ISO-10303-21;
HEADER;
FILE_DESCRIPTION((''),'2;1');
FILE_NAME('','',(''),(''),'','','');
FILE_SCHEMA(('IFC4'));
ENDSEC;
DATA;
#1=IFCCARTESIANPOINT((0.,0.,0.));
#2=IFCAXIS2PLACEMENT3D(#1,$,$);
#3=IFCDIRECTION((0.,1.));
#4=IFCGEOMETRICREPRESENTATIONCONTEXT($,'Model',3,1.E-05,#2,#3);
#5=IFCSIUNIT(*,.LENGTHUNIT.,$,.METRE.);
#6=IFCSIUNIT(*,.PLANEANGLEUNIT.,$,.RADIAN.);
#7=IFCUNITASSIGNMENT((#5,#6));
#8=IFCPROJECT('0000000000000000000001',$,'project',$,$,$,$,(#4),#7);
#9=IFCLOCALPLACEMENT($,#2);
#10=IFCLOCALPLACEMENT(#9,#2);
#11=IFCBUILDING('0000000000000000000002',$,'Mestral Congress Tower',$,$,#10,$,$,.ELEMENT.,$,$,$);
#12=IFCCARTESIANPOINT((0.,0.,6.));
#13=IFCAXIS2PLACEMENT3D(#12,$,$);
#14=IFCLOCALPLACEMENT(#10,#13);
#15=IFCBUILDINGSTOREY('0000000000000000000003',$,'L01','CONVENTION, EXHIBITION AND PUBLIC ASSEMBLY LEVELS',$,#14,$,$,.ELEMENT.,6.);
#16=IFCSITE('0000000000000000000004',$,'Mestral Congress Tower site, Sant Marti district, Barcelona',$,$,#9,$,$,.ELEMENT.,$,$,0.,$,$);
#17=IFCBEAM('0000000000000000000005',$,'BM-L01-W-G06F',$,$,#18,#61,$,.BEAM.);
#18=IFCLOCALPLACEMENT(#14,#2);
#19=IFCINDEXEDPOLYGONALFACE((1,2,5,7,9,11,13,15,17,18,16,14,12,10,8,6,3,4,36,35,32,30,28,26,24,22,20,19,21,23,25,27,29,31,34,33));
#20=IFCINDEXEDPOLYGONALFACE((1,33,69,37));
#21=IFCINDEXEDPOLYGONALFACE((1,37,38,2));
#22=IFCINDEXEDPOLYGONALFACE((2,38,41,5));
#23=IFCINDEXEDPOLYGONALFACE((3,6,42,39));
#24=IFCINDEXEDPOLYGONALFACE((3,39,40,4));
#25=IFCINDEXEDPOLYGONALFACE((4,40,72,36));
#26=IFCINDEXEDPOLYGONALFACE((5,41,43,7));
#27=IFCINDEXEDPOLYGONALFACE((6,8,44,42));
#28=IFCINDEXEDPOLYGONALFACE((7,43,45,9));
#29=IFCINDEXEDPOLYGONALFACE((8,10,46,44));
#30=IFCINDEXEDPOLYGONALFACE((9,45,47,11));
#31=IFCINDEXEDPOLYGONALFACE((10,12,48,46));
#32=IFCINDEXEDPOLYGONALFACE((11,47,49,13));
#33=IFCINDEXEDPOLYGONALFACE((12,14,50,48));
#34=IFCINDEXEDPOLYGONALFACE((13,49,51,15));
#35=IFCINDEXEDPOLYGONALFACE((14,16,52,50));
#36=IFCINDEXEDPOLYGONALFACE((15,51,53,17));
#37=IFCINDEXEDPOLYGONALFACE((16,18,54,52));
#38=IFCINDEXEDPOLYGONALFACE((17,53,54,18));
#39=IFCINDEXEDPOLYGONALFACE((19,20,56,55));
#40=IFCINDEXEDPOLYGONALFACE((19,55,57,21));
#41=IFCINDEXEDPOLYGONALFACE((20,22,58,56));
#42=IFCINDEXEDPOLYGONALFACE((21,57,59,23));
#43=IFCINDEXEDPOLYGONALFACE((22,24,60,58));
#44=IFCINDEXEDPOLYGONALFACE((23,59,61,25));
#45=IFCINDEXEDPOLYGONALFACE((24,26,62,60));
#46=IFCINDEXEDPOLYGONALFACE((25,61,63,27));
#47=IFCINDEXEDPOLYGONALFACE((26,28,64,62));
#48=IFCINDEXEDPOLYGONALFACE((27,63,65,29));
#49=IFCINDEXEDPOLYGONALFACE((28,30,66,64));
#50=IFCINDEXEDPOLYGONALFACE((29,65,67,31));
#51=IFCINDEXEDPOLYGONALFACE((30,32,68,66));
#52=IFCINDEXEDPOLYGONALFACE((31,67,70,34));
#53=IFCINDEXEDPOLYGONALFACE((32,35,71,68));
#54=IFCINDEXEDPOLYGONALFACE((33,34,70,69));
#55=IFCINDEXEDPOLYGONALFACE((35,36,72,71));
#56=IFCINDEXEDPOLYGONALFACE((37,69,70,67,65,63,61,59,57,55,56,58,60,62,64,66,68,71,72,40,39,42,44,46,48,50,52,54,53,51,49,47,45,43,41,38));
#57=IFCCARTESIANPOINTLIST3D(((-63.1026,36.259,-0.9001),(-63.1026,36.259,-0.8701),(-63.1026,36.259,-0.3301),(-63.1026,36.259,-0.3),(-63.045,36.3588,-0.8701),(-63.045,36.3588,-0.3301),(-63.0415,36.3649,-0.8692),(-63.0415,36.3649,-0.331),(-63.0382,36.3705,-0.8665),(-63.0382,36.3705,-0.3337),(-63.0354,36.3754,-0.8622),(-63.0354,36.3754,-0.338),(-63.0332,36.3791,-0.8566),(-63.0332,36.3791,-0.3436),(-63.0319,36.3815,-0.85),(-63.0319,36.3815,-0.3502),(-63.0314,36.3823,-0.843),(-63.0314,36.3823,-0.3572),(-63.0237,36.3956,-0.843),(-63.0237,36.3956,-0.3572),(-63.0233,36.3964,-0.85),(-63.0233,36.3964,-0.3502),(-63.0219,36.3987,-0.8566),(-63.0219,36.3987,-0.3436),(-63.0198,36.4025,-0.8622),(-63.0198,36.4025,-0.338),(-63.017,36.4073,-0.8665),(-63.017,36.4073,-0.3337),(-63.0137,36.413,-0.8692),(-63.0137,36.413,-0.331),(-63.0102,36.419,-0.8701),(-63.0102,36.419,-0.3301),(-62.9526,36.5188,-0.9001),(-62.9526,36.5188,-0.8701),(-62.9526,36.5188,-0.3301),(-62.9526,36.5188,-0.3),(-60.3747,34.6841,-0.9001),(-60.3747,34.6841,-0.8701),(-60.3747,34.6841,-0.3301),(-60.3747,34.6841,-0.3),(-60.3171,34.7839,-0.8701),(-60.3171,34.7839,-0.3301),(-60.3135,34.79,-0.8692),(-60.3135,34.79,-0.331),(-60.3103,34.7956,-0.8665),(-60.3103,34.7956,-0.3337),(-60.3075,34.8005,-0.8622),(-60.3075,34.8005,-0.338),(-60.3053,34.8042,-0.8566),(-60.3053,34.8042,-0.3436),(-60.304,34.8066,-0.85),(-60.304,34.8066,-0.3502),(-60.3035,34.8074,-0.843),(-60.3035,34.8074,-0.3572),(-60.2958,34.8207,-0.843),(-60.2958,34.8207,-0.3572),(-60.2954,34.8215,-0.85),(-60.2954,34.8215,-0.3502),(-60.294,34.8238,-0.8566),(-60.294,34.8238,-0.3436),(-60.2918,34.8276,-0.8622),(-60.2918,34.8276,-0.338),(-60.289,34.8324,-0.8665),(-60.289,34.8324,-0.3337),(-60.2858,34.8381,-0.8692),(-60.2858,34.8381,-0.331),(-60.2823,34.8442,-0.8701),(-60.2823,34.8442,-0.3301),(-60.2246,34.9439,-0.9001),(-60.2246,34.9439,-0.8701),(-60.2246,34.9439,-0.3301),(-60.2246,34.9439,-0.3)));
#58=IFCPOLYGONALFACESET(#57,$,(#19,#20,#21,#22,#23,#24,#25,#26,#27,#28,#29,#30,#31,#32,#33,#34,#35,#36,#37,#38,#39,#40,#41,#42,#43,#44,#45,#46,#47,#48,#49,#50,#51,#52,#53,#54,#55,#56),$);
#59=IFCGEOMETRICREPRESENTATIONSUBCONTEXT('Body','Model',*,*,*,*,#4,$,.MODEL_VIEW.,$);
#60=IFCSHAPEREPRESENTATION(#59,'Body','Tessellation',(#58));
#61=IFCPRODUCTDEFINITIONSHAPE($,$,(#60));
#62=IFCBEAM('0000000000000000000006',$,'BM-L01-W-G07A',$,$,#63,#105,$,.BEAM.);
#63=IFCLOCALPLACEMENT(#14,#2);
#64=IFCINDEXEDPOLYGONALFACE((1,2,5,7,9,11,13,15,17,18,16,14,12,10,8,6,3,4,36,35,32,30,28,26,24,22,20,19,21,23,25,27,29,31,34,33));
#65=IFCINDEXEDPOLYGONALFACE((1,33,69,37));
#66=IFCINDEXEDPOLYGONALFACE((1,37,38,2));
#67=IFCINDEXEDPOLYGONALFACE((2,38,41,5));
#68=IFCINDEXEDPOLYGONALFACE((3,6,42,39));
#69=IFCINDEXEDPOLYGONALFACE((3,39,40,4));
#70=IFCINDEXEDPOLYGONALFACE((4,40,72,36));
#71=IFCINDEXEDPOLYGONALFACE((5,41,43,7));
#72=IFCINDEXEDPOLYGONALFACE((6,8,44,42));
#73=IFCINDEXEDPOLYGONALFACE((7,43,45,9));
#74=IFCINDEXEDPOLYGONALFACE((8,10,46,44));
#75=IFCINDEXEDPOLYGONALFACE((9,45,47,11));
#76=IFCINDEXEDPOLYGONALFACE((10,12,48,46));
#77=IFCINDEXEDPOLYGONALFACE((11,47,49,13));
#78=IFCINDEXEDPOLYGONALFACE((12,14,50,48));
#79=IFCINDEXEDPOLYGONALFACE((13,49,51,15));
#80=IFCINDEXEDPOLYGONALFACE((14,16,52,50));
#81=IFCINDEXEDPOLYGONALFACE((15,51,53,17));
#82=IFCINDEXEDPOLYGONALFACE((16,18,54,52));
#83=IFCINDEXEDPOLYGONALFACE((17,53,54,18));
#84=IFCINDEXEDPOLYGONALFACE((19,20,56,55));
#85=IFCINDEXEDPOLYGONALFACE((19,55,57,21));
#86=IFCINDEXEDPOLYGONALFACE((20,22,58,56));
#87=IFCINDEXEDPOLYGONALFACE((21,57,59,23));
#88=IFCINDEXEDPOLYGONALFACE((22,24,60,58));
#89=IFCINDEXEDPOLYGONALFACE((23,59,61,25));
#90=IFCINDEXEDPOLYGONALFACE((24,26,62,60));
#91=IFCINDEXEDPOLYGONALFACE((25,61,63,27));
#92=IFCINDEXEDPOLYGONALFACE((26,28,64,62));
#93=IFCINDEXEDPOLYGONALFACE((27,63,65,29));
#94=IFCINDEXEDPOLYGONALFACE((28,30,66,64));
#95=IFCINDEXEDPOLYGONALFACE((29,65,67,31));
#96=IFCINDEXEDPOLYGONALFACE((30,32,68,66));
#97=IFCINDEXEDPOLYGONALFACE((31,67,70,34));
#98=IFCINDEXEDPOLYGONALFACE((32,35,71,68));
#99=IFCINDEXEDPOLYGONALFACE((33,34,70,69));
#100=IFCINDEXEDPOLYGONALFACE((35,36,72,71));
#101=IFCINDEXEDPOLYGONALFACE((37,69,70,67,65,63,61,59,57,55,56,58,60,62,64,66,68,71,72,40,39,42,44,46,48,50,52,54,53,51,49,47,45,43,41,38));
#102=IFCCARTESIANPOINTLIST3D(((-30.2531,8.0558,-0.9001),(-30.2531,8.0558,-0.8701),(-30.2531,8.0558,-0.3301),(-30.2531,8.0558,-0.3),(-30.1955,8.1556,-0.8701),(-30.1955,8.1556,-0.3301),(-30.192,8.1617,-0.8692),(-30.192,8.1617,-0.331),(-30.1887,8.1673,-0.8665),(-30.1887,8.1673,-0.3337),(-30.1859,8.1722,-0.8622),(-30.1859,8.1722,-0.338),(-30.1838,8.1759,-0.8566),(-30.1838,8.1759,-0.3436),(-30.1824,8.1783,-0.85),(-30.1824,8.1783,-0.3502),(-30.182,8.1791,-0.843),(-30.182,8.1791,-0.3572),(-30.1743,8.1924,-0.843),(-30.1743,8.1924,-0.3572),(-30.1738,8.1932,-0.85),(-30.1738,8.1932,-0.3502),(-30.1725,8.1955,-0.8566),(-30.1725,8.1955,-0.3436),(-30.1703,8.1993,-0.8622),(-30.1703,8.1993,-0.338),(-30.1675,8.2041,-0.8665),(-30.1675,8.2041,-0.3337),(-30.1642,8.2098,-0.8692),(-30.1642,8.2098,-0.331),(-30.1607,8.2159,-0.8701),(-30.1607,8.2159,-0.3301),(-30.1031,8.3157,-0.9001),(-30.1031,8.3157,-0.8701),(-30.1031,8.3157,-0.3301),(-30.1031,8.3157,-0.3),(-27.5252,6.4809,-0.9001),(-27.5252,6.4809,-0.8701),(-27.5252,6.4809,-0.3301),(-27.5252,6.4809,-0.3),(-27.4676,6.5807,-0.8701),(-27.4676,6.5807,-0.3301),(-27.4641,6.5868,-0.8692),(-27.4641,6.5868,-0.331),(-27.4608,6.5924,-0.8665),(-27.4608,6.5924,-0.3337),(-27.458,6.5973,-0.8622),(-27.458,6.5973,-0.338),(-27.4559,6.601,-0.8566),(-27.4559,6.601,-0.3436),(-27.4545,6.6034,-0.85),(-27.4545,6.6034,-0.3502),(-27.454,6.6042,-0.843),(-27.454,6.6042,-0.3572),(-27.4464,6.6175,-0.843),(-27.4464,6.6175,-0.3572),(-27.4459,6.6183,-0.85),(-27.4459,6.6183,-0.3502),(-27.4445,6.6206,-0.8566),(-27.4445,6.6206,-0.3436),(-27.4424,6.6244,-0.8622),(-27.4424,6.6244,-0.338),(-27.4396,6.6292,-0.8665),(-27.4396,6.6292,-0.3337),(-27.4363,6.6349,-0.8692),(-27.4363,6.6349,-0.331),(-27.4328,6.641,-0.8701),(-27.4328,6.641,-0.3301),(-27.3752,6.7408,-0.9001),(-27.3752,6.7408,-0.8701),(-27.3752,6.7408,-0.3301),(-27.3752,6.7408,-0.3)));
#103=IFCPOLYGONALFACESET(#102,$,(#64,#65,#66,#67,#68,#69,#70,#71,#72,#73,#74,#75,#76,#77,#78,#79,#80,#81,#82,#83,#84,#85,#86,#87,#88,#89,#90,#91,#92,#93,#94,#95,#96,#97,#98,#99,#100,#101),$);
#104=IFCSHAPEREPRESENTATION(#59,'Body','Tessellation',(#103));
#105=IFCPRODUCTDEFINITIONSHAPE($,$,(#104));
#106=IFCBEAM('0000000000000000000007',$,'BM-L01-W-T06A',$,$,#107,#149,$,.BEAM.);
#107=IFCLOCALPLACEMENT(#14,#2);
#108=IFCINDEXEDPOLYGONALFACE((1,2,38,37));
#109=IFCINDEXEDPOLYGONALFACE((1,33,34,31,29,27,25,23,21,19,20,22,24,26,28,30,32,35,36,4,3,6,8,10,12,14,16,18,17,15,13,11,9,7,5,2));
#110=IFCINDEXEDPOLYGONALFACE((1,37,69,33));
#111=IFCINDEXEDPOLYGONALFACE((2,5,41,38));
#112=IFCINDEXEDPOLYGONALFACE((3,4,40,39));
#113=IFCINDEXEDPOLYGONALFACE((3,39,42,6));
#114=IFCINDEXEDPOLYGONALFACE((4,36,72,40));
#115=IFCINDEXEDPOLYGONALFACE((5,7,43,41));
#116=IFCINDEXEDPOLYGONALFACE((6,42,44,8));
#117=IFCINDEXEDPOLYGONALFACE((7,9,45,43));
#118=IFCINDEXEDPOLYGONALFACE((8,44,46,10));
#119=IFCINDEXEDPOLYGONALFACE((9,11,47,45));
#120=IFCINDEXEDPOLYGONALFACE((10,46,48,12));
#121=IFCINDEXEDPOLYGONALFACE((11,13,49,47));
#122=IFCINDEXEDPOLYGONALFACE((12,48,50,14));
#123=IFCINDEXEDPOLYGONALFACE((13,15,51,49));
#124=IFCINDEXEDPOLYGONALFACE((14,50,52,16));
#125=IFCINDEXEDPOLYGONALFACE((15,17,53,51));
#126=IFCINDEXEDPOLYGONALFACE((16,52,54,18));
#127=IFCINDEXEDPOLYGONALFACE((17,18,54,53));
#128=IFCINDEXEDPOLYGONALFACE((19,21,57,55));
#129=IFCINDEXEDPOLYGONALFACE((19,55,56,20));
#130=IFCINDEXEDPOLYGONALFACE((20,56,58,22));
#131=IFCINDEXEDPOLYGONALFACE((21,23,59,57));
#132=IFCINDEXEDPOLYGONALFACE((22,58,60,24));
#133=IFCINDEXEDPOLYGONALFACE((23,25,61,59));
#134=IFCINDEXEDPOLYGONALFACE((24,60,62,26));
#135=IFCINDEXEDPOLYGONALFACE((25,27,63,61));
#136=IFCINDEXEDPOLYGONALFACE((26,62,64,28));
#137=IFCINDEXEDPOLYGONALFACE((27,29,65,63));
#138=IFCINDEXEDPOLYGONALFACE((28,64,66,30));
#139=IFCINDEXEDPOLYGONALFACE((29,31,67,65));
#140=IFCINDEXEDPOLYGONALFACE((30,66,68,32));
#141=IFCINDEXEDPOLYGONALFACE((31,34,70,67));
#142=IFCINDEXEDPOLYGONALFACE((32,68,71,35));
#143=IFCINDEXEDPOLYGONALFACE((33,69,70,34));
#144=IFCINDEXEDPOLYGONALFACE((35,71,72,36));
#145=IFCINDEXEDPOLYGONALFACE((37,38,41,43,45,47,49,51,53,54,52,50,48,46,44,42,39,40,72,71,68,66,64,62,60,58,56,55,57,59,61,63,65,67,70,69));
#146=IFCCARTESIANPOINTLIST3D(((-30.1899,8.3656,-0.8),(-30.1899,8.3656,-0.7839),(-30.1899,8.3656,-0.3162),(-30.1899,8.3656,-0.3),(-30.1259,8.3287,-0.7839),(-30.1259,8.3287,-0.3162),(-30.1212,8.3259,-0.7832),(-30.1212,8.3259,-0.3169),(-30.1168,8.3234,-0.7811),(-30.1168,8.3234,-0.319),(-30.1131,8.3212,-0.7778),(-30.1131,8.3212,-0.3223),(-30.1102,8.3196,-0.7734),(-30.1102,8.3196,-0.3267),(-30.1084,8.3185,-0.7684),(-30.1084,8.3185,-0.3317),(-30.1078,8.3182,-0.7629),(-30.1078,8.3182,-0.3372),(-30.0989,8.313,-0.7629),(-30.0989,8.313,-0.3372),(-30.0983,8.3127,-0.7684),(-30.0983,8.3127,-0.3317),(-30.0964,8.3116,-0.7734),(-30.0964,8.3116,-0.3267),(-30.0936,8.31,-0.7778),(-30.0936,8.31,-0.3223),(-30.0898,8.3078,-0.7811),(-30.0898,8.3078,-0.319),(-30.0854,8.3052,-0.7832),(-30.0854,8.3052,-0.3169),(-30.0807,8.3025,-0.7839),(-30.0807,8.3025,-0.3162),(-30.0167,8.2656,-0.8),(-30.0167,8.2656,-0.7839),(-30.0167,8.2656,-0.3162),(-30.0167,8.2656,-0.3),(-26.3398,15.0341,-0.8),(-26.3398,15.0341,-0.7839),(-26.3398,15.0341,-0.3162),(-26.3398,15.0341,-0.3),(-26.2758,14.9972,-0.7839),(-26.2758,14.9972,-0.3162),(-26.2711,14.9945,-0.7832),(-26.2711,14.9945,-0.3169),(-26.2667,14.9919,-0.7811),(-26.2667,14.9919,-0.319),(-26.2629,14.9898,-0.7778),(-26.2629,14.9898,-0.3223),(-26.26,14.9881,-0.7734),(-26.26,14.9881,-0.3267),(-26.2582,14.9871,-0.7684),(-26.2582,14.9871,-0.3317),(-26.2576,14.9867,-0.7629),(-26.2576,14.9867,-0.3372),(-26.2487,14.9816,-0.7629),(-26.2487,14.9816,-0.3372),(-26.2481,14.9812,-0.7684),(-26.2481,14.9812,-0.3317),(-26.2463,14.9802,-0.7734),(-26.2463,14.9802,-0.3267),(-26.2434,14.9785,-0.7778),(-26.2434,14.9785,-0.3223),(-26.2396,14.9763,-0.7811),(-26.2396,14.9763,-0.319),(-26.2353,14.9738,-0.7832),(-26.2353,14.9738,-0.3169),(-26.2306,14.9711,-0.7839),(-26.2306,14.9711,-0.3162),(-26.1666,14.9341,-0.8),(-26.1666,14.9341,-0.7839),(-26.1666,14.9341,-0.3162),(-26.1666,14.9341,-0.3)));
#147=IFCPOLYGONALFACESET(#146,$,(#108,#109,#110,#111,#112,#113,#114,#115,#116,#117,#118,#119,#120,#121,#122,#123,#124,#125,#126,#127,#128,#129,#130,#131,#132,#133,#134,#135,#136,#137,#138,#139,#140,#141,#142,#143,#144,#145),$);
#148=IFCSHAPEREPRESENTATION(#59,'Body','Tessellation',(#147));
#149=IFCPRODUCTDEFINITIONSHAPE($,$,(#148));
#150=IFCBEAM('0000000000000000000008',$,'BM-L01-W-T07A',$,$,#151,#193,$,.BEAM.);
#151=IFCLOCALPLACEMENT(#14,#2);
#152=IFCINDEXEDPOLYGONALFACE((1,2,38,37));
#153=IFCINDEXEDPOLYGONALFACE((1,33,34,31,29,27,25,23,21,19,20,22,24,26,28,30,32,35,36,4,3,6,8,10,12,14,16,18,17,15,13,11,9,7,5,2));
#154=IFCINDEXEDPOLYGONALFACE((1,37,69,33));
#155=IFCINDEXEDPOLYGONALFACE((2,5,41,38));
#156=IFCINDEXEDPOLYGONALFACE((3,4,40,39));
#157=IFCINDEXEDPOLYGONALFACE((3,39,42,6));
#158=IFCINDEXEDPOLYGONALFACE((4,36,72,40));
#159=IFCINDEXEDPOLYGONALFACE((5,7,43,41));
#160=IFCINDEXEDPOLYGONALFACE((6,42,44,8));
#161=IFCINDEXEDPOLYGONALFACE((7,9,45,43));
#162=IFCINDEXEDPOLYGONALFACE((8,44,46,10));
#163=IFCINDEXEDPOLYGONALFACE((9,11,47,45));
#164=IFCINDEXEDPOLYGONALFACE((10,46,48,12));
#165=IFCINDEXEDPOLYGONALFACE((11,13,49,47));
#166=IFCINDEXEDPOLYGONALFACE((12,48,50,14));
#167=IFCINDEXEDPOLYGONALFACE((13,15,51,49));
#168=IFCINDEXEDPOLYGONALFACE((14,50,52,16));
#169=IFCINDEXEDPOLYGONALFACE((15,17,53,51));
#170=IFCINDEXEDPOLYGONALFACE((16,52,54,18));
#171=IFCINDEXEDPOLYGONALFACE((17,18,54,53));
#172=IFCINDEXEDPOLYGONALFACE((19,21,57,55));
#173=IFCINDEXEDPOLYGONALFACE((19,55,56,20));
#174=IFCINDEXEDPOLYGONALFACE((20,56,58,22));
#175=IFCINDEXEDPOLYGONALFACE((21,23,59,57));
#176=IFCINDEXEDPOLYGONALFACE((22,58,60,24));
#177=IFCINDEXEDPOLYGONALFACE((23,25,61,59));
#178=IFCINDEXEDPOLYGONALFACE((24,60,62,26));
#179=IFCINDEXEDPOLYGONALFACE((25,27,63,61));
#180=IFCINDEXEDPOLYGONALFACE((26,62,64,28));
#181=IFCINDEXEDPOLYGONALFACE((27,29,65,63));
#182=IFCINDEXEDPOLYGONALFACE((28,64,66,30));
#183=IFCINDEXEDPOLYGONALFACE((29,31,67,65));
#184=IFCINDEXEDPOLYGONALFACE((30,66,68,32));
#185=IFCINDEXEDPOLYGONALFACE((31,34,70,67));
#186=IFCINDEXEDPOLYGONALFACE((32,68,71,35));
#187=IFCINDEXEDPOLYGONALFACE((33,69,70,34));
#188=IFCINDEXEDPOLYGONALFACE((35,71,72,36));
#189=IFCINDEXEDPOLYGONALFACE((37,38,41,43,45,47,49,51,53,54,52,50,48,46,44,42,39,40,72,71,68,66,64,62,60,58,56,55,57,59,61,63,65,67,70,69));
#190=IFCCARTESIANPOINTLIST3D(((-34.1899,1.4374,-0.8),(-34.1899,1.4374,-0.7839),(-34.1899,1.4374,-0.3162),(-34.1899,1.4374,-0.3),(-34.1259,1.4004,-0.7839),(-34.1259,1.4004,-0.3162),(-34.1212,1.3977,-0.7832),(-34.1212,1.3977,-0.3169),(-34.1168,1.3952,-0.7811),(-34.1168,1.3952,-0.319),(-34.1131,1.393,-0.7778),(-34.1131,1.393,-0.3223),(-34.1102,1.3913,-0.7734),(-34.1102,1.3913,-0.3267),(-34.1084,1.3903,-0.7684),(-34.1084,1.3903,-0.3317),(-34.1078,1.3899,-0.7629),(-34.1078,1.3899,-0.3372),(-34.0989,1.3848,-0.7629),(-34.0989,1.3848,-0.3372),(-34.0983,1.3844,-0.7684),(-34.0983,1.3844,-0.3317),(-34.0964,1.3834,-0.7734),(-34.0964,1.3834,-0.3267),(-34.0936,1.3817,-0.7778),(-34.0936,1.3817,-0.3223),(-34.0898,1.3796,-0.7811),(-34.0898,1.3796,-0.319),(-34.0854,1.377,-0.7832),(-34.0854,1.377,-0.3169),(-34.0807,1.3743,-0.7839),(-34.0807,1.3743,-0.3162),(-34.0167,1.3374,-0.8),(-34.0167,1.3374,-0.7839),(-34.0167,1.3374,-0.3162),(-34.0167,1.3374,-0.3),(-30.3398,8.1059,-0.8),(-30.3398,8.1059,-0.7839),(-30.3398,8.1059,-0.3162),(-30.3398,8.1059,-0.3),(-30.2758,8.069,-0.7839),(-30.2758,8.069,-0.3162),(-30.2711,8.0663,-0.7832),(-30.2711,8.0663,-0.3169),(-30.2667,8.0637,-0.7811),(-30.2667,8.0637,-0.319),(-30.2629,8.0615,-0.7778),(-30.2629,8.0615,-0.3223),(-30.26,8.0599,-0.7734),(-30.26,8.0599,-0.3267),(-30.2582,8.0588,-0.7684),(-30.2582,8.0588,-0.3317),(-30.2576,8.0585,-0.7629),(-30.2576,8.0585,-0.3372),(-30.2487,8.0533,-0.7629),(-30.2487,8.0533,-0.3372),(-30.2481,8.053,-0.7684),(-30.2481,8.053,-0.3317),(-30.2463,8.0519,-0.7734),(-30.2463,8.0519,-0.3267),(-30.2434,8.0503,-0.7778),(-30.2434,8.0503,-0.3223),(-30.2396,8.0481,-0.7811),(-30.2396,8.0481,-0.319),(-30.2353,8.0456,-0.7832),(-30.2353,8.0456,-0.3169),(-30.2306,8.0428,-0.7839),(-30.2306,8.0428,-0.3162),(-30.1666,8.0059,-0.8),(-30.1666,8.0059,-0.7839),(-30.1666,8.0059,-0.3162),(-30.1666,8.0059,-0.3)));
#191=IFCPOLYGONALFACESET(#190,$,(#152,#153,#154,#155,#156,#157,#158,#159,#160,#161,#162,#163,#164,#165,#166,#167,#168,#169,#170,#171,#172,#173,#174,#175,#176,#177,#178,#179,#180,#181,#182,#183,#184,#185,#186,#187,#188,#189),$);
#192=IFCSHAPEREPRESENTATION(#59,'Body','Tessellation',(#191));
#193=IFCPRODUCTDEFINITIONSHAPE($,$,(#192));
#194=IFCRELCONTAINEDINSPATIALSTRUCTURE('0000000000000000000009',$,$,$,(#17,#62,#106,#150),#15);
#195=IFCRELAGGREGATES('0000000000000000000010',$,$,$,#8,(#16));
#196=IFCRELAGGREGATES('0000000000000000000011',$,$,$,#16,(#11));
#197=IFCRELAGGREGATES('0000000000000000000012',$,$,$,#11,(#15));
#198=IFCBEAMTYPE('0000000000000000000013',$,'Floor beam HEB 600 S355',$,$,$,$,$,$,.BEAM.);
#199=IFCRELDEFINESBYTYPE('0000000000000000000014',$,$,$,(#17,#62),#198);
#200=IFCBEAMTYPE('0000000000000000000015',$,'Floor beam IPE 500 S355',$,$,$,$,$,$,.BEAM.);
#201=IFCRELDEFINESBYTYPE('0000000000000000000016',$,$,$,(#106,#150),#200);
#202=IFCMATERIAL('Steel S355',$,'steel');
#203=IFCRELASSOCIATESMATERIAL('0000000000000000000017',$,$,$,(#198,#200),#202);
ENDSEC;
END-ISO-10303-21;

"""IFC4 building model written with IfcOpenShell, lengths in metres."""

from ifc_helpers import new_model, si_unit, direction, frame, origin, origin_2d, place, context, subcontext, project, spatial, i_section, extrude, material, material_profile, profile_set, type_object, element, save


model = new_model("IFC4")

# Units and contexts
model_context = context("Model", 3, precision=1e-05, world=origin(), true_north=direction((0.0, 1.0)))
body_context = subcontext(model_context, "Body", "Model", "MODEL_VIEW")
ifc_project = project(units=[si_unit("LENGTHUNIT", "METRE"), si_unit("PLANEANGLEUNIT", "RADIAN")], contexts=[model_context])

# Site, building, storey
site_placement = place(None, origin())
site = spatial("IfcSite", under=ifc_project, at=site_placement, Name="Mestral Congress Tower site, Sant Marti district, Barcelona", CompositionType="ELEMENT", RefElevation=0.0)
building_placement = place(site_placement, origin())
building = spatial("IfcBuilding", under=site, at=building_placement, Name="Mestral Congress Tower", CompositionType="ELEMENT")
storey_placement = place(building_placement, frame((0.0, 0.0, 6.0)))
storey = spatial("IfcBuildingStorey", under=building, at=storey_placement, Name="L01", Description="CONVENTION, EXHIBITION AND PUBLIC ASSEMBLY LEVELS", CompositionType="ELEMENT", Elevation=6.0)

# Beams
ifc_material_1 = material(Name="Steel S355", Category="steel")
ifc_material_profile_1 = material_profile(ifc_material_1, i_section(OverallWidth=0.3, OverallDepth=0.6001, WebThickness=0.0154, FlangeThickness=0.03, FilletRadius=0.0271, at=origin_2d()), Name="HEB 600")
ifc_profile_set_1 = profile_set([ifc_material_profile_1], Name="Steel S355")
beam_type_1 = type_object("IfcBeamType", Name="Floor beam HEB 600 S355", PredefinedType="BEAM", material=ifc_profile_set_1)
for number, where, z_axis, x_axis, name in (
    (1, (-63.0276, 36.3889, -0.6001), (0.866036, -0.499982, 0.0), (0.499982, 0.866036, 0.0), "BM-L01-W-G06F"),
    (2, (-27.4502, 6.6108, -0.6001), (-0.866036, 0.499982, 0.0), (-0.499982, -0.866036, 0.0), "BM-L01-W-G07A"),
):
    element("IfcBeam", number, at=place(storey_placement, frame(where, z_axis=z_axis, x_axis=x_axis)), inside=storey, type_object=beam_type_1, Name=name, PredefinedType="BEAM", context=body_context, shape_type="SweptSolid", body=[
        extrude(i_section(OverallWidth=0.3, OverallDepth=0.6001, WebThickness=0.0154, FlangeThickness=0.03, FilletRadius=0.0271, at=origin_2d()), origin(), (0.0, 0.0, 1.0), 3.1499),
    ])
ifc_material_profile_2 = material_profile(ifc_material_1, i_section(OverallWidth=0.2, OverallDepth=0.5, WebThickness=0.0103, FlangeThickness=0.0161, FilletRadius=0.021, at=origin_2d()), Name="IPE 500")
ifc_profile_set_2 = profile_set([ifc_material_profile_2], Name="Steel S355")
beam_type_2 = type_object("IfcBeamType", Name="Floor beam IPE 500 S355", PredefinedType="BEAM", material=ifc_profile_set_2)
for number, where, z_axis, x_axis, name in (
    (3, (-26.2532, 14.9841, -0.55), (-0.500006, -0.866022, 0.0), (0.866022, -0.500006, 0.0), "BM-L01-W-T06A"),
    (4, (-30.2532, 8.0559, -0.55), (-0.500006, -0.866022, 0.0), (0.866022, -0.500006, 0.0), "BM-L01-W-T07A"),
):
    element("IfcBeam", number, at=place(storey_placement, frame(where, z_axis=z_axis, x_axis=x_axis)), inside=storey, type_object=beam_type_2, Name=name, PredefinedType="BEAM", context=body_context, shape_type="SweptSolid", body=[
        extrude(i_section(OverallWidth=0.2, OverallDepth=0.5, WebThickness=0.0103, FlangeThickness=0.0161, FilletRadius=0.021, at=origin_2d()), origin(), (0.0, 0.0, 1.0), 7.7002),
    ])

save(model, "model.ifc")
